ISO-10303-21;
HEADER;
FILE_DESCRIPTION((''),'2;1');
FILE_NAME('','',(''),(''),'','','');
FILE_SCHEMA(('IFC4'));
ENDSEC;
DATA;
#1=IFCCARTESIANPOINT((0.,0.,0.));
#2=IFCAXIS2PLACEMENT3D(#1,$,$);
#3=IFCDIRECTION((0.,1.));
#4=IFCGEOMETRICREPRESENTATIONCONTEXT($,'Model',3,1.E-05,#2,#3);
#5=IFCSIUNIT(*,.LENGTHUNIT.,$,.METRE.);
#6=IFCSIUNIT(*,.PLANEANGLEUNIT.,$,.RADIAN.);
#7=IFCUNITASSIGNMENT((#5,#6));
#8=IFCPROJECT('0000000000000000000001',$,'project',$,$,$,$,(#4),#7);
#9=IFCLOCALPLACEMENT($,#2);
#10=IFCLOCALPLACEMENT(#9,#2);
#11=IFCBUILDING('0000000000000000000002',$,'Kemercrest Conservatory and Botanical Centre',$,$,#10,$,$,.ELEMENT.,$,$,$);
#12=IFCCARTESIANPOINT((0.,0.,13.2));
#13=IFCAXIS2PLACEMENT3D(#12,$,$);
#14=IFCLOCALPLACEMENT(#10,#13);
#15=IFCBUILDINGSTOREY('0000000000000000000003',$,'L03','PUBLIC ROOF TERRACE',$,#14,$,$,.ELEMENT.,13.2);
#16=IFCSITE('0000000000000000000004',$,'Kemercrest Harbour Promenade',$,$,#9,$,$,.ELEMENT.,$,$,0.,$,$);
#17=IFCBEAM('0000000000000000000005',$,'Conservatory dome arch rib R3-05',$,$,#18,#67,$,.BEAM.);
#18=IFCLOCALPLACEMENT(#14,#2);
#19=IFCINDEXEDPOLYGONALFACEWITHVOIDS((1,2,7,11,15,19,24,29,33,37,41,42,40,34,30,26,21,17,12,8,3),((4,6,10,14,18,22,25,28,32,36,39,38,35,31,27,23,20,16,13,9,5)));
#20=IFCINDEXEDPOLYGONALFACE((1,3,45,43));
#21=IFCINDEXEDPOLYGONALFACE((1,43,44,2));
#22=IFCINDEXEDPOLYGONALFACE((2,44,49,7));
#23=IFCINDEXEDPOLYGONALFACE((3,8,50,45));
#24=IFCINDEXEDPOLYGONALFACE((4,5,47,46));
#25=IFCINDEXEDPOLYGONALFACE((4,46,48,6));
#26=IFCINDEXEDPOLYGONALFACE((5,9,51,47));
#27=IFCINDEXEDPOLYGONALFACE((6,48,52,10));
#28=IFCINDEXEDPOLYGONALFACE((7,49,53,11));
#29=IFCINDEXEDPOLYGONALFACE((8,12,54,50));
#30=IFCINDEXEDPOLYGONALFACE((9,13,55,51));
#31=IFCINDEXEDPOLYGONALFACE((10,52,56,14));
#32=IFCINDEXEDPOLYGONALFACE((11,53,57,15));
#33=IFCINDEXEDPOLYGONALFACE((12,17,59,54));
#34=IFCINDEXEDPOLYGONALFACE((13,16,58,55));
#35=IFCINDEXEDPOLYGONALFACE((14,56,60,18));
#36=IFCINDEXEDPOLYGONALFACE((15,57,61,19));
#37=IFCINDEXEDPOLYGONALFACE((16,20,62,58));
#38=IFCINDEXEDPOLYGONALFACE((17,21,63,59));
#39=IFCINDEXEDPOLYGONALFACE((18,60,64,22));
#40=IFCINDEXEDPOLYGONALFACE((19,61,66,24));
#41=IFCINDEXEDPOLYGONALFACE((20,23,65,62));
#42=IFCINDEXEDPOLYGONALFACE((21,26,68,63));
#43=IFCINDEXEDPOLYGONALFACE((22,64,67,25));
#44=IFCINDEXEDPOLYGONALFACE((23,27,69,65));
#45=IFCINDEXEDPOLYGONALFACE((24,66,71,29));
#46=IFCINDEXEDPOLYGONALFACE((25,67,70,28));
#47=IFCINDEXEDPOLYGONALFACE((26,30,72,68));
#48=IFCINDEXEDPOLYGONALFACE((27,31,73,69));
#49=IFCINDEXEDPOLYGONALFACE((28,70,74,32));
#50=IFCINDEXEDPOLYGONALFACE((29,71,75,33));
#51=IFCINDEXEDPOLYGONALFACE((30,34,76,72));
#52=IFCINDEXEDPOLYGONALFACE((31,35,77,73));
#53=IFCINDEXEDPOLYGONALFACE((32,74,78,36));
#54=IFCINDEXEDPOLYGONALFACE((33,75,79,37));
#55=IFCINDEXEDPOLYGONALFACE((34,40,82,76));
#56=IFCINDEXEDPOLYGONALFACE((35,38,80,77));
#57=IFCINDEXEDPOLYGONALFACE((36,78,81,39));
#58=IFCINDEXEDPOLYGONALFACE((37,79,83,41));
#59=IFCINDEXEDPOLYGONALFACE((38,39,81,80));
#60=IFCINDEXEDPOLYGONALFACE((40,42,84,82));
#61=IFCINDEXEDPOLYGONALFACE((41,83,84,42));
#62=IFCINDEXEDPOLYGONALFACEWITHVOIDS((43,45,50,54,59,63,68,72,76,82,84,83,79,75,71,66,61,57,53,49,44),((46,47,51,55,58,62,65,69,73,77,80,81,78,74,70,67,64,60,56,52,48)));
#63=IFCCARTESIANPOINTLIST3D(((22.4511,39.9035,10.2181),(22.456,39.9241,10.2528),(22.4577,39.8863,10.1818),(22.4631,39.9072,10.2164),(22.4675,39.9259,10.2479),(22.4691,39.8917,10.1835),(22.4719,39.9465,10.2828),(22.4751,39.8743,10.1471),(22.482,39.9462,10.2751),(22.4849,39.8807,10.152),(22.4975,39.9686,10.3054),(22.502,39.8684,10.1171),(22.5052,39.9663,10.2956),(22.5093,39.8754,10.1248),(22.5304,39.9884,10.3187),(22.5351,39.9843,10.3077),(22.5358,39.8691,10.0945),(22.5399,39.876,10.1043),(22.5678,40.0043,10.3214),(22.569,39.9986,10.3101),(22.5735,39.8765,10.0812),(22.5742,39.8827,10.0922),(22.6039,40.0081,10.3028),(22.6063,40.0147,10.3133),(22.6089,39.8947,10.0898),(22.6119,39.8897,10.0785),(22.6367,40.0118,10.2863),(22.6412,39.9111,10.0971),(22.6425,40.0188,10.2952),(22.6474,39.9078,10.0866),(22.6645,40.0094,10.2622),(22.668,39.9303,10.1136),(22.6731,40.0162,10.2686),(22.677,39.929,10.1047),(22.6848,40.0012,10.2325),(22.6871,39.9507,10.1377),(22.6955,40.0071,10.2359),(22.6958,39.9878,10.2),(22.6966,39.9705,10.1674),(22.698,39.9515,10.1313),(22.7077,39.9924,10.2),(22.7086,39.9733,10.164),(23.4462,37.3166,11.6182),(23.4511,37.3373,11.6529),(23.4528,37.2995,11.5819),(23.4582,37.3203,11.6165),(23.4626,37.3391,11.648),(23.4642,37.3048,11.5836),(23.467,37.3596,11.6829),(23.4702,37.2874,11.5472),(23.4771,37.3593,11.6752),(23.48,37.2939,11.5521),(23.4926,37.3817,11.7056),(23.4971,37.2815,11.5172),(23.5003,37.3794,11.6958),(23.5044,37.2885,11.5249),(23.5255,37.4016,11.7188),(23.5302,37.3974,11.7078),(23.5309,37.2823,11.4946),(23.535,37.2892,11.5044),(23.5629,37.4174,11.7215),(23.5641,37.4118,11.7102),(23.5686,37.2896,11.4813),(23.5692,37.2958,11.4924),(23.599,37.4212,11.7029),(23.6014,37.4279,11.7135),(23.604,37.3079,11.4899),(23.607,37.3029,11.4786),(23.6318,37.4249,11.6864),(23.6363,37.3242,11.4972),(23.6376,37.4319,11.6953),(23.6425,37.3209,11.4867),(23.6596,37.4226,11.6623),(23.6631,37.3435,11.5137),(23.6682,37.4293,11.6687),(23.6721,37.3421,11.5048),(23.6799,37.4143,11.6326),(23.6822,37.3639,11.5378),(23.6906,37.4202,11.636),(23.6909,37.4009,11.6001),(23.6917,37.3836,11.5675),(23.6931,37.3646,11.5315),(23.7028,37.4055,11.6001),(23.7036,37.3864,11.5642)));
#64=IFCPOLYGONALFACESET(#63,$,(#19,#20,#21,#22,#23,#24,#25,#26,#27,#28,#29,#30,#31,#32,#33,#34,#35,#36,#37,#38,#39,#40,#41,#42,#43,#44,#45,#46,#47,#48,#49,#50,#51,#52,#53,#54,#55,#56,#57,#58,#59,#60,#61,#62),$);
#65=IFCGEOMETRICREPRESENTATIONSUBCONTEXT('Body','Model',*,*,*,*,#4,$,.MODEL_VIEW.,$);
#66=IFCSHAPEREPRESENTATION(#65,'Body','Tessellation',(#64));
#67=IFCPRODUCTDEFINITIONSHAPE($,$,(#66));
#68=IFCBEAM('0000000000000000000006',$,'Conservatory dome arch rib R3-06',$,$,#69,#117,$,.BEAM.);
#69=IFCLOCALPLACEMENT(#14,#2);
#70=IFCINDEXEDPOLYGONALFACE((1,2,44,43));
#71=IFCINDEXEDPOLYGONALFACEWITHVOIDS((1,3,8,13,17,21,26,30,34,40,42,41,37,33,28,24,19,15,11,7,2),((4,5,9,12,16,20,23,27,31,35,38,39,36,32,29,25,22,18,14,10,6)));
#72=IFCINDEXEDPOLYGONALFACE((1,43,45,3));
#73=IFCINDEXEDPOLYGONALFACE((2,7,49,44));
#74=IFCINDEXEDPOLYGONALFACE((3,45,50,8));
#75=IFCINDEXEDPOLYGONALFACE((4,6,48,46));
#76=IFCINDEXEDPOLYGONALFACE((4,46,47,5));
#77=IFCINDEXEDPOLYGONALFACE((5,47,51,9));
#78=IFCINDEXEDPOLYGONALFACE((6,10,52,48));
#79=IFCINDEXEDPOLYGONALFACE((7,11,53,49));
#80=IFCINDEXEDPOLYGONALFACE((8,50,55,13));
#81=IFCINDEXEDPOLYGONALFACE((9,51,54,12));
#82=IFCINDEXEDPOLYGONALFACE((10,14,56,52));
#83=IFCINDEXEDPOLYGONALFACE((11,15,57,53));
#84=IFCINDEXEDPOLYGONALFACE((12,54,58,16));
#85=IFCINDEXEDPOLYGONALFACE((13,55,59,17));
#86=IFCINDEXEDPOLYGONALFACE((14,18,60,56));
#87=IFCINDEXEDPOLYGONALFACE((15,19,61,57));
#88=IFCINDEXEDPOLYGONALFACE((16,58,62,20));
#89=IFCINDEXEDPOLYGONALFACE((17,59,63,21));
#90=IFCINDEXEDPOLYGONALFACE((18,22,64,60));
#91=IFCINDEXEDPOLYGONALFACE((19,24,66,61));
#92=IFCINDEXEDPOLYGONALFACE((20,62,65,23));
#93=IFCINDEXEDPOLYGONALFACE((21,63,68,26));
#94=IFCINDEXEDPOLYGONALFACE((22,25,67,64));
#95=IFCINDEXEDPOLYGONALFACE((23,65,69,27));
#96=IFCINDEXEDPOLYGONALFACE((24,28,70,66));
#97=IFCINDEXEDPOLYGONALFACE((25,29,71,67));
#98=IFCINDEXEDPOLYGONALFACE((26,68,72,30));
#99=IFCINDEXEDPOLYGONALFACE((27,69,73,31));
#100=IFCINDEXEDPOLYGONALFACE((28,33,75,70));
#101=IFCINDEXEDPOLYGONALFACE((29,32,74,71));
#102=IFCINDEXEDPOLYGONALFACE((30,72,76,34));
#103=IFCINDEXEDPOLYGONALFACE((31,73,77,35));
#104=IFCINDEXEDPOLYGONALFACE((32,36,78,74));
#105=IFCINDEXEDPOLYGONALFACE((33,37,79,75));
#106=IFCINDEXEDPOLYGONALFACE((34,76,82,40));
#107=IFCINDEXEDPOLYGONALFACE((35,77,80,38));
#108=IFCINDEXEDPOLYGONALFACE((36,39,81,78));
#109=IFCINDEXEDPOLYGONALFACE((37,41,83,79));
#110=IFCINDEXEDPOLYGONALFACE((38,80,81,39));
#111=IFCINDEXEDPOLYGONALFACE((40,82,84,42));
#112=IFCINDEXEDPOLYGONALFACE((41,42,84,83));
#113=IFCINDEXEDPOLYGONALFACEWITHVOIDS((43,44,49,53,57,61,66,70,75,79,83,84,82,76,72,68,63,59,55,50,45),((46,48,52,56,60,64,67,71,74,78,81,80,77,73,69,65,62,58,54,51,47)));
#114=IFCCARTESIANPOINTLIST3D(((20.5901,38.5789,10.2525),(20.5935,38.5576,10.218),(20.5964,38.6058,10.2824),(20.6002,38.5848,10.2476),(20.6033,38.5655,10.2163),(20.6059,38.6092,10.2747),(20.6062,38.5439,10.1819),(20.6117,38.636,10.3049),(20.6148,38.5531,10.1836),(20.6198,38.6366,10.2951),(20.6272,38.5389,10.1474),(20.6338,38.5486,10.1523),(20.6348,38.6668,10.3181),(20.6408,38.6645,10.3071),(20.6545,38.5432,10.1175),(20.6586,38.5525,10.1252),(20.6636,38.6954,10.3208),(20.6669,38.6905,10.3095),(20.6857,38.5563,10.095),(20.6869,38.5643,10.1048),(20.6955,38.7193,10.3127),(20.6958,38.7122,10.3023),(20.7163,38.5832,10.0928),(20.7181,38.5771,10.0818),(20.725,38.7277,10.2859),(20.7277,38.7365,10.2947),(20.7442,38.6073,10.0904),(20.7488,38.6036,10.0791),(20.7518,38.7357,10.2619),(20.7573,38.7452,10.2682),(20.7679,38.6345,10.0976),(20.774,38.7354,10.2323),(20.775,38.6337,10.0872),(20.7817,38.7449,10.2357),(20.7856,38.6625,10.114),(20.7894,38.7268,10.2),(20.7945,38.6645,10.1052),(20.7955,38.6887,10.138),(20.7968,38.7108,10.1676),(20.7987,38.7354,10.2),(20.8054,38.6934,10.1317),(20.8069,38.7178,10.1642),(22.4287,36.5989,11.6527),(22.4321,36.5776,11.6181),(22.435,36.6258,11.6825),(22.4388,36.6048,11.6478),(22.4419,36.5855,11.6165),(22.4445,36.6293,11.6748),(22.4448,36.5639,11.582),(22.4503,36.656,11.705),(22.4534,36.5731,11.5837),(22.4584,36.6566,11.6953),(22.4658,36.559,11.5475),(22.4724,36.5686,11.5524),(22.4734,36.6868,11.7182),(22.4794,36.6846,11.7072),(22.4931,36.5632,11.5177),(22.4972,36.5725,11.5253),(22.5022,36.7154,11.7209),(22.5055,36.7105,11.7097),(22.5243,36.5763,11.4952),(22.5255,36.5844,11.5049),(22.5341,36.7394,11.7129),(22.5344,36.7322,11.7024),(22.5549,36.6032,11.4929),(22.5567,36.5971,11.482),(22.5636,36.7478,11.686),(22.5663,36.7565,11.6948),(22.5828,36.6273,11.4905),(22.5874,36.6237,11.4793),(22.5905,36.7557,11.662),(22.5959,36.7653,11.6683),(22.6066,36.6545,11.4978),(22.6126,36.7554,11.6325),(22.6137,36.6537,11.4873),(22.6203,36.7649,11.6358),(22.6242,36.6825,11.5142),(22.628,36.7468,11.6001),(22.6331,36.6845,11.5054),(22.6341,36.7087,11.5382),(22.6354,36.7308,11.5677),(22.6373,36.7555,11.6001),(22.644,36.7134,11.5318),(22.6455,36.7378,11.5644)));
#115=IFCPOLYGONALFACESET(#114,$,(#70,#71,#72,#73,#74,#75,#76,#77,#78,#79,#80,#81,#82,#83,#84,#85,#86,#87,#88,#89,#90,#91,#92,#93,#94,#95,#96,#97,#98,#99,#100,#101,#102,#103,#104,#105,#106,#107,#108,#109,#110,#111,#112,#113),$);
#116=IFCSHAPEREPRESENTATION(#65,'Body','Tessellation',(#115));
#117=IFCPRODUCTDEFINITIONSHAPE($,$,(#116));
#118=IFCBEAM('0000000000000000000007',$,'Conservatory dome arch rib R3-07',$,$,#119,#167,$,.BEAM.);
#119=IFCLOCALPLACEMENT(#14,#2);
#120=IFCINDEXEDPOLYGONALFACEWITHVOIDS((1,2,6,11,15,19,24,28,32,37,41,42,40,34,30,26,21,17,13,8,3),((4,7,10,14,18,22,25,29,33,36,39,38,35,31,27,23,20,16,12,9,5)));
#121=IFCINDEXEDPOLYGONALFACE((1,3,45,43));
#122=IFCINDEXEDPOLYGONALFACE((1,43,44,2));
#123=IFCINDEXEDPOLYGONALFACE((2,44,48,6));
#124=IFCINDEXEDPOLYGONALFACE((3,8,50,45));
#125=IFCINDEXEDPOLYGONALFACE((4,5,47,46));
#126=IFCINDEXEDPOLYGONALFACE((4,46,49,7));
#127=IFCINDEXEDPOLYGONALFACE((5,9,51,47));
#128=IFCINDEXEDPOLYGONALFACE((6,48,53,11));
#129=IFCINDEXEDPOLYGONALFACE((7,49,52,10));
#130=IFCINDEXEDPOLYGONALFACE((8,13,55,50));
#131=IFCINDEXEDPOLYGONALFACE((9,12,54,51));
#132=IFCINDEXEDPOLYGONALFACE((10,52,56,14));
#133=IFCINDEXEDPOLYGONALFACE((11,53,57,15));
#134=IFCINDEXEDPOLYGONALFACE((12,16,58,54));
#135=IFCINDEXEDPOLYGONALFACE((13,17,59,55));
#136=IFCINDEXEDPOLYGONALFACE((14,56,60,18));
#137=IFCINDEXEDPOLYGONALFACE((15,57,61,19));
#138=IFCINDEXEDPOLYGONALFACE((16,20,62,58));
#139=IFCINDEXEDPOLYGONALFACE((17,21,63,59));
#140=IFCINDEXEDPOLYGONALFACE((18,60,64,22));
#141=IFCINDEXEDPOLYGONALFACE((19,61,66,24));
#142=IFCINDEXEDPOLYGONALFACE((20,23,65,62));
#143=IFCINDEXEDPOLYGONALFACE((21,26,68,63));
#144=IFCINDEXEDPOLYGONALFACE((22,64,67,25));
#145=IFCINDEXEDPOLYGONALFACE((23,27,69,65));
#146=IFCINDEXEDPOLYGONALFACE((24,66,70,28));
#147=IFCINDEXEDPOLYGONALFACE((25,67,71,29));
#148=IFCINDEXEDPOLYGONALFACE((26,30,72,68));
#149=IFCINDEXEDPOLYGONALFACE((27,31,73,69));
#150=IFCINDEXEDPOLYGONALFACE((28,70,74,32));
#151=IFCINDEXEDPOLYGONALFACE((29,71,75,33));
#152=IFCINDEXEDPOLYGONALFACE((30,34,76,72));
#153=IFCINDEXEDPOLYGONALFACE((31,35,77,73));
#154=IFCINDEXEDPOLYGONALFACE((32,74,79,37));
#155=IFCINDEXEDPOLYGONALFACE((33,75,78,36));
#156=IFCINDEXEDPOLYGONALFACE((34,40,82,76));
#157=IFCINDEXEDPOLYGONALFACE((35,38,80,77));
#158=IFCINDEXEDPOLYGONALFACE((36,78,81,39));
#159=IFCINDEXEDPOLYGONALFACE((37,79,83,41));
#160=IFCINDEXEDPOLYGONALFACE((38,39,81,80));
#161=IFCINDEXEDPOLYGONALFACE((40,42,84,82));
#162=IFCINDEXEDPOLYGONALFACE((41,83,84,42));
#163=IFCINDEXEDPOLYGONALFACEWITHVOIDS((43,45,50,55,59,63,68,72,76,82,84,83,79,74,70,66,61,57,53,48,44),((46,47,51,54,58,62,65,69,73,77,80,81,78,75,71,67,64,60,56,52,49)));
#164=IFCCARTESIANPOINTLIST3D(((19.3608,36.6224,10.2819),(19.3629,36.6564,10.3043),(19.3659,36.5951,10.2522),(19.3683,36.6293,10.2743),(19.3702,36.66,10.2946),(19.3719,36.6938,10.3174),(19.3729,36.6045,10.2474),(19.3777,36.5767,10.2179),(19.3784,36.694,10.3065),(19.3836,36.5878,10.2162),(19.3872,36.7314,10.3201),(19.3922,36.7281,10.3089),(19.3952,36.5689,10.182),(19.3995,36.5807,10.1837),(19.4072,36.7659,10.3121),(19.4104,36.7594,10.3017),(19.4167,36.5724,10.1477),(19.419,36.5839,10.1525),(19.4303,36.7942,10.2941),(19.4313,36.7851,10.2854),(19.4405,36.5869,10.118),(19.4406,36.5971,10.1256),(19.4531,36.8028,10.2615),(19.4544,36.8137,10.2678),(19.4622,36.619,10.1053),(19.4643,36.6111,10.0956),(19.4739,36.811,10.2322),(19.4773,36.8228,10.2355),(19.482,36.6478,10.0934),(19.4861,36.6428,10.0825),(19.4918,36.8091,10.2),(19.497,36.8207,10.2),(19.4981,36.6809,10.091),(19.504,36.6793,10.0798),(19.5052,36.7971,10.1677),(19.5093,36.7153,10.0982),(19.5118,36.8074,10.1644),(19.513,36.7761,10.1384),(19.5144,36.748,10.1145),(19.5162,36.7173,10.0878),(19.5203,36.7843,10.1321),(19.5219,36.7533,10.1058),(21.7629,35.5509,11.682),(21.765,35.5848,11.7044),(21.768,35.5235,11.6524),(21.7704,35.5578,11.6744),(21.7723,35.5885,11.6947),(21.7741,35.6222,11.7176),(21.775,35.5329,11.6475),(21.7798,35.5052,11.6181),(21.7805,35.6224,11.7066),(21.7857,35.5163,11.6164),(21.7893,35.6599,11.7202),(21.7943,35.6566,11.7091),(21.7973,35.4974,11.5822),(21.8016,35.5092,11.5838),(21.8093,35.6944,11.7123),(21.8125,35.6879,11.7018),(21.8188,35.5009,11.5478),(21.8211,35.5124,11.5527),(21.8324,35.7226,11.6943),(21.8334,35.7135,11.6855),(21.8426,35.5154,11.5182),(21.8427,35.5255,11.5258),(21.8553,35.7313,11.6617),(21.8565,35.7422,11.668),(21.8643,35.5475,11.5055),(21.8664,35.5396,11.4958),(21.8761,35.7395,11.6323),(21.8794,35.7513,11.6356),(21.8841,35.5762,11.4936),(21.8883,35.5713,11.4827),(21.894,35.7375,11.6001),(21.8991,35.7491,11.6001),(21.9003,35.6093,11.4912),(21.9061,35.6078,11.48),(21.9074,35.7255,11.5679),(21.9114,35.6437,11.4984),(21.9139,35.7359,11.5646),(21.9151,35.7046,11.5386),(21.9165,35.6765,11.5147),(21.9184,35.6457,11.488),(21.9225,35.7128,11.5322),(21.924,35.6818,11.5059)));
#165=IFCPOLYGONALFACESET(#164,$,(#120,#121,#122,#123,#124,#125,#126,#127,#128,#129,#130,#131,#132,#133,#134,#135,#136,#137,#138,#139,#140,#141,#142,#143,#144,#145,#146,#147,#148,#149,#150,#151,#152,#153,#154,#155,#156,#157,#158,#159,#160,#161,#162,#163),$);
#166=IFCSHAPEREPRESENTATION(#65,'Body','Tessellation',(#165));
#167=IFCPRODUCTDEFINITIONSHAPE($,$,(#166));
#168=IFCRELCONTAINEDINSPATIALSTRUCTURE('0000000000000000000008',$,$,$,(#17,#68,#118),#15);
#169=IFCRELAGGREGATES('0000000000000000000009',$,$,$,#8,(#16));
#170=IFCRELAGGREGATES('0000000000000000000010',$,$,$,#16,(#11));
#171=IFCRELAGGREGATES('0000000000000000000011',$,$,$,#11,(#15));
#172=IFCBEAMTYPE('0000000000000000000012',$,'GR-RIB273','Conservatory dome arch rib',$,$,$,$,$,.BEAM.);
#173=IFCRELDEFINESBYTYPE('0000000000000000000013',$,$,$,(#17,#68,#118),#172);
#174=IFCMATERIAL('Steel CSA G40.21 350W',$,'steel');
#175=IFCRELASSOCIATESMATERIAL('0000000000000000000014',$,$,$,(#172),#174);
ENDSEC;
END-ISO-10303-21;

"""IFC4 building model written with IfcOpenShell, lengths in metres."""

from ifc_helpers import new_model, si_unit, direction, frame, origin, origin_2d, place, context, subcontext, project, spatial, hollow_circle, extrude, material, material_profile, profile_set, type_object, element, save


model = new_model("IFC4")

# Units and contexts
model_context = context("Model", 3, precision=1e-05, world=origin(), true_north=direction((0.0, 1.0)))
body_context = subcontext(model_context, "Body", "Model", "MODEL_VIEW")
ifc_project = project(units=[si_unit("LENGTHUNIT", "METRE"), si_unit("PLANEANGLEUNIT", "RADIAN")], contexts=[model_context])

# Site, building, storey
site_placement = place(None, origin())
site = spatial("IfcSite", under=ifc_project, at=site_placement, Name="Kemercrest Harbour Promenade", CompositionType="ELEMENT", RefElevation=0.0)
building_placement = place(site_placement, origin())
building = spatial("IfcBuilding", under=site, at=building_placement, Name="Kemercrest Conservatory and Botanical Centre", CompositionType="ELEMENT")
storey_placement = place(building_placement, frame((0.0, 0.0, 13.2)))
storey = spatial("IfcBuildingStorey", under=building, at=storey_placement, Name="L03", Description="PUBLIC ROOF TERRACE", CompositionType="ELEMENT", Elevation=13.2)

# Beams
ifc_material_1 = material(Name="Steel CSA G40.21 350W", Category="steel")
ifc_material_profile_1 = material_profile(ifc_material_1, hollow_circle(Radius=0.1365, WallThickness=0.0127, at=origin_2d()), Name="CHS 273.1x12.7")
ifc_profile_set_1 = profile_set([ifc_material_profile_1], Name="Steel CSA G40.21 350W")
beam_type = type_object("IfcBeamType", Name="GR-RIB273", Description="Conservatory dome arch rib", PredefinedType="BEAM", material=ifc_profile_set_1)
beam_1_placement = place(storey_placement, frame((22.5803, 39.9434, 10.2), z_axis=(0.320459, -0.833068, 0.450892), x_axis=(0.933327, 0.359026, 0.0)))
element("IfcBeam", 1, at=beam_1_placement, inside=storey, type_object=beam_type, Name="Conservatory dome arch rib R3-05", PredefinedType="BEAM", context=body_context, shape_type="SweptSolid", body=[
    extrude(hollow_circle(Radius=0.1365, WallThickness=0.0127, at=origin_2d()), origin(), (0.0, 0.0, 1.0), 3.1052),
])
beam_2_placement = place(storey_placement, frame((20.6987, 38.6426, 10.2), z_axis=(0.604168, -0.650617, 0.460085), x_axis=(0.732781, 0.680465, 0.0)))
element("IfcBeam", 2, at=beam_2_placement, inside=storey, type_object=beam_type, Name="Conservatory dome arch rib R3-06", PredefinedType="BEAM", context=body_context, shape_type="SweptSolid", body=[
    extrude(hollow_circle(Radius=0.1365, WallThickness=0.0127, at=origin_2d()), origin(), (0.0, 0.0, 1.0), 3.0432),
])
beam_3_placement = place(storey_placement, frame((19.4414, 36.696, 10.2), z_axis=(0.806152, -0.35961, 0.469893), x_axis=(0.407387, 0.913256, 0.0)))
element("IfcBeam", 3, at=beam_3_placement, inside=storey, type_object=beam_type, Name="Conservatory dome arch rib R3-07", PredefinedType="BEAM", context=body_context, shape_type="SweptSolid", body=[
    extrude(hollow_circle(Radius=0.1365, WallThickness=0.0127, at=origin_2d()), origin(), (0.0, 0.0, 1.0), 2.9797),
])

save(model, "model.ifc")
